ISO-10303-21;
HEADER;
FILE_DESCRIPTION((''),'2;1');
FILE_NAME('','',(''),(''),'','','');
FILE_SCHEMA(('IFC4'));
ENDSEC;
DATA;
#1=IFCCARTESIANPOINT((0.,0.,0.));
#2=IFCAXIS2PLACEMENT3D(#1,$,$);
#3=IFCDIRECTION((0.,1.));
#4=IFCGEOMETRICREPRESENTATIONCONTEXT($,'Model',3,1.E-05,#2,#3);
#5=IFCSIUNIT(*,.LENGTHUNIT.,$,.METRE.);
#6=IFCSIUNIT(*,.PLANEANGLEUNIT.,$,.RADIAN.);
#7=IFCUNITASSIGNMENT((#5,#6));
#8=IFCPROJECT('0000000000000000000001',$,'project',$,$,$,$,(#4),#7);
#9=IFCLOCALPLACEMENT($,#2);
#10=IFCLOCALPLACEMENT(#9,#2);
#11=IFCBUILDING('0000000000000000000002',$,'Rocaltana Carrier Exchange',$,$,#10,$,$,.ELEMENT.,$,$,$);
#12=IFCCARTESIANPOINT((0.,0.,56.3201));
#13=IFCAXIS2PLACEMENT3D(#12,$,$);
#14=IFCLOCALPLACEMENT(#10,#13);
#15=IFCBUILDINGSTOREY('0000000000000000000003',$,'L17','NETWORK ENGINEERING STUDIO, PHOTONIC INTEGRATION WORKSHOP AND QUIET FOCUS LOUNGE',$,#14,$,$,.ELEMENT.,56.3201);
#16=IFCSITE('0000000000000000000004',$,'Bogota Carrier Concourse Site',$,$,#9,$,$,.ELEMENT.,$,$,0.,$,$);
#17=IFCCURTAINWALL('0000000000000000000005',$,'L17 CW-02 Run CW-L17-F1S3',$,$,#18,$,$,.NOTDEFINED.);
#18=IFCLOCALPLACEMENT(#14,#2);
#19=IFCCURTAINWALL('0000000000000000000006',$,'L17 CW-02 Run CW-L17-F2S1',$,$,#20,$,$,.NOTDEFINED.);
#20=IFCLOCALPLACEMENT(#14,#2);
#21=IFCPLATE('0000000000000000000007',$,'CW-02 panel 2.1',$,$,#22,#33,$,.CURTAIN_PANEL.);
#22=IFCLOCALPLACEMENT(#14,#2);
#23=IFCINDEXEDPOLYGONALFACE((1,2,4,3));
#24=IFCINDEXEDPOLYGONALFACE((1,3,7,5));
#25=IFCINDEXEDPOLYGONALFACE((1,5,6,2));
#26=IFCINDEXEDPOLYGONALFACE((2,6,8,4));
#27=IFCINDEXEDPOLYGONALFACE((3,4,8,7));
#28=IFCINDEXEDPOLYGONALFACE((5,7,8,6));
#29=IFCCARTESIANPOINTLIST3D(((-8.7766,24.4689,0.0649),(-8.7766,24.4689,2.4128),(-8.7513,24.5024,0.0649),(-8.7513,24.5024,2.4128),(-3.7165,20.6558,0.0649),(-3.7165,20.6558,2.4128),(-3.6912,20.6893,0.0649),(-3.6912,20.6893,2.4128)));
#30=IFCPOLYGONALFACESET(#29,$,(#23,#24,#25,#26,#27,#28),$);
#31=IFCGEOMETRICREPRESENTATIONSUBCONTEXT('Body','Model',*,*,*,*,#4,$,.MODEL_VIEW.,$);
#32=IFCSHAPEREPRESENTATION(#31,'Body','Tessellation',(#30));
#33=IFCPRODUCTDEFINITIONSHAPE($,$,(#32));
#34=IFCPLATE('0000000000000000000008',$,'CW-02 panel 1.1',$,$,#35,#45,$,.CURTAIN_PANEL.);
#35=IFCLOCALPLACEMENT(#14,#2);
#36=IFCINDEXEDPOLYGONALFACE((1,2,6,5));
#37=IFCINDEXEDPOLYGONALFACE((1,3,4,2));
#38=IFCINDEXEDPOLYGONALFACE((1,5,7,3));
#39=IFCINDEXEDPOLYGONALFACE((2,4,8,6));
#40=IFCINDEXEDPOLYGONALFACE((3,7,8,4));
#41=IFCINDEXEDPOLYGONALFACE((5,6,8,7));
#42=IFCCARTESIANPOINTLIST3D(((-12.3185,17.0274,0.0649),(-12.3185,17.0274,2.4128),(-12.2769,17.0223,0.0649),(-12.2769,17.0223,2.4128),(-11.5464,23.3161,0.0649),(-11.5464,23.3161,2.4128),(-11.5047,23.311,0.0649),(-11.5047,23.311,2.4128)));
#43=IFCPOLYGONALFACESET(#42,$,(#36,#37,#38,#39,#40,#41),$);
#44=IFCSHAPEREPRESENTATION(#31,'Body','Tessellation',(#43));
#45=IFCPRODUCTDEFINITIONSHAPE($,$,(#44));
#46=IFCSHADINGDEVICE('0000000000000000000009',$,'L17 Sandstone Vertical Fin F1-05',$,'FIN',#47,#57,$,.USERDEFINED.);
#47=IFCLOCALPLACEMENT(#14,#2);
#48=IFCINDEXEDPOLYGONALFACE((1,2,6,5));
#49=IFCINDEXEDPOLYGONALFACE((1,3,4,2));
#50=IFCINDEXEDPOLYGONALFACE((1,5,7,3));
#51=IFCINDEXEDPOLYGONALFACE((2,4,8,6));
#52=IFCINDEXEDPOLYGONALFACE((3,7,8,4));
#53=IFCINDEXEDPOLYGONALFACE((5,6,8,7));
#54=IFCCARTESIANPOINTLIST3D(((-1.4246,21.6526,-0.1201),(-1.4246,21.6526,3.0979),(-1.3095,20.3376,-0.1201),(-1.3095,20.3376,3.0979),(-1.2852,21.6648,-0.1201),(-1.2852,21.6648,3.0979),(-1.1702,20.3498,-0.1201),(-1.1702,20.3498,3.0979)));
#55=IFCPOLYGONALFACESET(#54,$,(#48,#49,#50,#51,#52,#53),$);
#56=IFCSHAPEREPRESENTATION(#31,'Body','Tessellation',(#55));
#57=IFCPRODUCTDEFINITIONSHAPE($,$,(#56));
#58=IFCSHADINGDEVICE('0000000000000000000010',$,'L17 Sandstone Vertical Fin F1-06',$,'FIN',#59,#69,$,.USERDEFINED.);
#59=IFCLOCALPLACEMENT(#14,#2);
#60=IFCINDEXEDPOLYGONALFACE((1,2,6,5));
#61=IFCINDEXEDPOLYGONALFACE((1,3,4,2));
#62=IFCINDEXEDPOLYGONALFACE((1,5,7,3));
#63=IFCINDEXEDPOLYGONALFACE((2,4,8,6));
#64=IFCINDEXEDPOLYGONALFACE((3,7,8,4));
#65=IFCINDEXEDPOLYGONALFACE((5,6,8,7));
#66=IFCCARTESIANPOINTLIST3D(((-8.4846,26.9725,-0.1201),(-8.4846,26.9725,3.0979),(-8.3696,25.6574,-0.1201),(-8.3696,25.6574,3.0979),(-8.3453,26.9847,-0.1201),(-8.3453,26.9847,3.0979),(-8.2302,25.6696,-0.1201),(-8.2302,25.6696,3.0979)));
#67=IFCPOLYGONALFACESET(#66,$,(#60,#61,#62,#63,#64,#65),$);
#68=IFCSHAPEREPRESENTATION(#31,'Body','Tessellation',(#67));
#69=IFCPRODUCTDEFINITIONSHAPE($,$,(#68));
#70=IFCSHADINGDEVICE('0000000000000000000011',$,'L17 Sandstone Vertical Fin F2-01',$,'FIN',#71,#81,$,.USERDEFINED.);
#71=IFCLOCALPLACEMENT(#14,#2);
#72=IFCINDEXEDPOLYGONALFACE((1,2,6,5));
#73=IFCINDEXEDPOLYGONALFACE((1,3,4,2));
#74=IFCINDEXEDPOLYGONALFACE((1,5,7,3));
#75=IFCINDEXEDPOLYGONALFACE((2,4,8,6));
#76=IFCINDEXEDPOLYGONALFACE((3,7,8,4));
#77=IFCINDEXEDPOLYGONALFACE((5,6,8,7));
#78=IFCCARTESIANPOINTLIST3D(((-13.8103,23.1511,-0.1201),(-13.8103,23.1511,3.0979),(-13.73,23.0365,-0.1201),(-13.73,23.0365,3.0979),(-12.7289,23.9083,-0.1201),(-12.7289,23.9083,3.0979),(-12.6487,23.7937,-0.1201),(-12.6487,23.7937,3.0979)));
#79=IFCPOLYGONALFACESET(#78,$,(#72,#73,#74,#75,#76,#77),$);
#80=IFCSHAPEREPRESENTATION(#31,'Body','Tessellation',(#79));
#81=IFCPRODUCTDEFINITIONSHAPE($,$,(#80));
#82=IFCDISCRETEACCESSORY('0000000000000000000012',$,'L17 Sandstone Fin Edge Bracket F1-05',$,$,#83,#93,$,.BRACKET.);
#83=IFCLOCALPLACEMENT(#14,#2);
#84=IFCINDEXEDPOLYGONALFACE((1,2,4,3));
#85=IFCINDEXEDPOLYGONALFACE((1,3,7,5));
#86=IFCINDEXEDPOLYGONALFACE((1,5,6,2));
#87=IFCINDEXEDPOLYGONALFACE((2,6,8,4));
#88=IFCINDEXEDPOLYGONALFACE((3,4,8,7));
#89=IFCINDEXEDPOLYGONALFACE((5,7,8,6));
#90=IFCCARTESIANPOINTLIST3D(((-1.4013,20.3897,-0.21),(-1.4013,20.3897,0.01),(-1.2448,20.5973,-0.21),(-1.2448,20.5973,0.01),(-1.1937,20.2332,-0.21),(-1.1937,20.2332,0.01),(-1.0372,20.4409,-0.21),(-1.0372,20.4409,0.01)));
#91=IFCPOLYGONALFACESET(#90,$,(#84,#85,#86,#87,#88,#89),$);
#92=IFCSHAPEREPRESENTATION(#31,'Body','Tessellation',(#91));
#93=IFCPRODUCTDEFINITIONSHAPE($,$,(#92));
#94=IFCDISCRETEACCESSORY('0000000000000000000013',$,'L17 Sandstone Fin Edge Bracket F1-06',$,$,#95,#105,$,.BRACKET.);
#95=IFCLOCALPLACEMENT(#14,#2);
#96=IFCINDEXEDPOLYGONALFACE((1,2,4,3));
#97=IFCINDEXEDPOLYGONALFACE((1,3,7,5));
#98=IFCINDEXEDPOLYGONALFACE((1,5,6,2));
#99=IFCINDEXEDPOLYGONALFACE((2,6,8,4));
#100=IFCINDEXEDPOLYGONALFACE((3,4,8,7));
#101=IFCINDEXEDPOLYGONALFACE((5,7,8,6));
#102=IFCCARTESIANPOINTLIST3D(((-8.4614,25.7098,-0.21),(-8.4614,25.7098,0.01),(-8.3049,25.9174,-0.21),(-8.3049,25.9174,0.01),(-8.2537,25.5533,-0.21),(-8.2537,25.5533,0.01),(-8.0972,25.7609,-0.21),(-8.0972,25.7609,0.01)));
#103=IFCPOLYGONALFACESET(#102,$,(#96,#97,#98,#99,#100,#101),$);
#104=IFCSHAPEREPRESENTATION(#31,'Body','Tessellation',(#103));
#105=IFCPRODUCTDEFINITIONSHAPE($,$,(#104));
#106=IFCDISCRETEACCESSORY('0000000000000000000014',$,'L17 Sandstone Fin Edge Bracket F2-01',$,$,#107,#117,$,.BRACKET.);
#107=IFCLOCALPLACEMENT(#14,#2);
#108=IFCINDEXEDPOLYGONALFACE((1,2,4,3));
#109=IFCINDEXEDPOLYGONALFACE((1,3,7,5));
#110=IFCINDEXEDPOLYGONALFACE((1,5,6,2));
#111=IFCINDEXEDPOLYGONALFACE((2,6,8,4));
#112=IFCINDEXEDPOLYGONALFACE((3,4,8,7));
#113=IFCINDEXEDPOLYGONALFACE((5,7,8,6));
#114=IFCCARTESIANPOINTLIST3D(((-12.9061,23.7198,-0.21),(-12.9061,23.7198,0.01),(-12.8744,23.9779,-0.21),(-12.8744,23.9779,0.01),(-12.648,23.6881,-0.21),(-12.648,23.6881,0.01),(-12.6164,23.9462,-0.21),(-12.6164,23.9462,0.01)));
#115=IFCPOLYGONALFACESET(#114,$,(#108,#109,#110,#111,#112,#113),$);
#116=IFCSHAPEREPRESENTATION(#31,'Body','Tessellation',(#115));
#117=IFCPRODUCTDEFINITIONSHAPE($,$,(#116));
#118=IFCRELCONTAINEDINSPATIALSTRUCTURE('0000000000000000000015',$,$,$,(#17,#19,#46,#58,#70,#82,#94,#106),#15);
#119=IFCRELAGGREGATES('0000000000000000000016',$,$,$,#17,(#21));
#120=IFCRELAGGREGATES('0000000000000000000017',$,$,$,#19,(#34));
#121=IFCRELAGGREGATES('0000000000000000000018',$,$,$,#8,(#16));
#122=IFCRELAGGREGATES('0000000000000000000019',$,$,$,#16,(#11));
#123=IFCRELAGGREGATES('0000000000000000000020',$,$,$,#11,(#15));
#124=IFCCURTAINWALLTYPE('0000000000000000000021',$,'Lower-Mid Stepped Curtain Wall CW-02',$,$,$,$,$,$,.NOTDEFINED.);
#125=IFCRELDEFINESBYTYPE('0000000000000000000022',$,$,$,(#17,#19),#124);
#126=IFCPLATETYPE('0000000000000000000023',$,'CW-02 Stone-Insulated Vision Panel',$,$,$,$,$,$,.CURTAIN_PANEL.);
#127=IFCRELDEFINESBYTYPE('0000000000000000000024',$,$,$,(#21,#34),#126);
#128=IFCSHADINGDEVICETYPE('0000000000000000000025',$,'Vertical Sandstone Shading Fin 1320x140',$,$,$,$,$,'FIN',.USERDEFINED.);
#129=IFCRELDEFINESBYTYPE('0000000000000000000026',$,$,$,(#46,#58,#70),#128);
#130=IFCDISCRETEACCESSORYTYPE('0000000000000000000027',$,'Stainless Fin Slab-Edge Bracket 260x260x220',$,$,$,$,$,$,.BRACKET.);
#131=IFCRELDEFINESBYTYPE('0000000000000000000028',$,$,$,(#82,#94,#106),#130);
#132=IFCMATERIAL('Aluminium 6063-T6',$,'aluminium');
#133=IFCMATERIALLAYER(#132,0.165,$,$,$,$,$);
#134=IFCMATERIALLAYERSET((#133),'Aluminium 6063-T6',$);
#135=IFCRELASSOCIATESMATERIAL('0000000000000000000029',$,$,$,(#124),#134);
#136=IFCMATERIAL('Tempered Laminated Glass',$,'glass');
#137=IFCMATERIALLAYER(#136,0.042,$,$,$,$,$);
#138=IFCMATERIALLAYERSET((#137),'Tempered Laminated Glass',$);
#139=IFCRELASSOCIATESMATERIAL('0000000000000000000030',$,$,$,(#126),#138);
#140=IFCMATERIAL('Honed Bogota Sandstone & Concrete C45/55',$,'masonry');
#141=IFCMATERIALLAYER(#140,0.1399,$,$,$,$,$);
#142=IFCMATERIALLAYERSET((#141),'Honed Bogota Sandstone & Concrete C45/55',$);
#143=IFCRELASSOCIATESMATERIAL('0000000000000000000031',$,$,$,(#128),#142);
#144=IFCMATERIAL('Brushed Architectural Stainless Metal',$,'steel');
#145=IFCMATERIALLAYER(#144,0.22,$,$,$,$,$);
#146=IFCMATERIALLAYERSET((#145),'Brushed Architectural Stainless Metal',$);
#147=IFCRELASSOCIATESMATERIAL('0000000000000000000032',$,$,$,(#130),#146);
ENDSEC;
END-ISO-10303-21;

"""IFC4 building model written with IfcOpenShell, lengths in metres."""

from ifc_helpers import new_model, si_unit, direction, frame, origin, origin_2d, place, context, subcontext, project, spatial, rectangle, extrude, material, layer, layer_set, type_object, element, aggregate, save


model = new_model("IFC4")

# Units and contexts
model_context = context("Model", 3, precision=1e-05, world=origin(), true_north=direction((0.0, 1.0)))
body_context = subcontext(model_context, "Body", "Model", "MODEL_VIEW")
ifc_project = project(units=[si_unit("LENGTHUNIT", "METRE"), si_unit("PLANEANGLEUNIT", "RADIAN")], contexts=[model_context])

# Site, building, storey
site_placement = place(None, origin())
site = spatial("IfcSite", under=ifc_project, at=site_placement, Name="Bogota Carrier Concourse Site", CompositionType="ELEMENT", RefElevation=0.0)
building_placement = place(site_placement, origin())
building = spatial("IfcBuilding", under=site, at=building_placement, Name="Rocaltana Carrier Exchange", CompositionType="ELEMENT")
storey_placement = place(building_placement, frame((0.0, 0.0, 56.3201)))
storey = spatial("IfcBuildingStorey", under=building, at=storey_placement, Name="L17", Description="NETWORK ENGINEERING STUDIO, PHOTONIC INTEGRATION WORKSHOP AND QUIET FOCUS LOUNGE", CompositionType="ELEMENT", Elevation=56.3201)

# Curtain wall
ifc_material_1 = material(Name="Aluminium 6063-T6", Category="aluminium")
ifc_layer_1 = layer(ifc_material_1, 0.165)
ifc_layer_set_1 = layer_set([ifc_layer_1], Name="Aluminium 6063-T6")
curtain_wall_type = type_object("IfcCurtainWallType", Name="Lower-Mid Stepped Curtain Wall CW-02", PredefinedType="NOTDEFINED", material=ifc_layer_set_1)
curtain_wall_1_placement = place(storey_placement, origin())
curtain_wall_1 = element("IfcCurtainWall", 1, at=curtain_wall_1_placement, inside=storey, type_object=curtain_wall_type, Name="L17 CW-02 Run CW-L17-F1S3", PredefinedType="NOTDEFINED")

# Curtain wall
curtain_wall_2_placement = place(storey_placement, origin())
curtain_wall_2 = element("IfcCurtainWall", 2, at=curtain_wall_2_placement, inside=storey, type_object=curtain_wall_type, Name="L17 CW-02 Run CW-L17-F2S1", PredefinedType="NOTDEFINED")

# Plates
ifc_material_2 = material(Name="Tempered Laminated Glass", Category="glass")
ifc_layer_2 = layer(ifc_material_2, 0.042)
ifc_layer_set_2 = layer_set([ifc_layer_2], Name="Tempered Laminated Glass")
plate_type = type_object("IfcPlateType", Name="CW-02 Stone-Insulated Vision Panel", PredefinedType="CURTAIN_PANEL", material=ifc_layer_set_2)
plate_1_placement = place(storey_placement, frame((-6.2339, 22.5791, 0.0649), z_axis=(0.0, 0.0, 1.0), x_axis=(-0.798638, 0.601812, 0.0)))
plate_1 = element("IfcPlate", 3, at=plate_1_placement, type_object=plate_type, Name="CW-02 panel 2.1", PredefinedType="CURTAIN_PANEL", context=body_context, shape_type="SweptSolid", body=[
    extrude(rectangle(XDim=6.3359, YDim=0.042, at=origin_2d()), origin(), (0.0, 0.0, 1.0), 2.3479),
])
aggregate(curtain_wall_1, [plate_1])
plate_2_placement = place(storey_placement, frame((-11.9116, 20.1692, 0.0649), z_axis=(0.0, 0.0, 1.0), x_axis=(-0.121873, -0.992546, 0.0)))
plate_2 = element("IfcPlate", 4, at=plate_2_placement, type_object=plate_type, Name="CW-02 panel 1.1", PredefinedType="CURTAIN_PANEL", context=body_context, shape_type="SweptSolid", body=[
    extrude(rectangle(XDim=6.3359, YDim=0.042, at=origin_2d()), origin(), (0.0, 0.0, 1.0), 2.3479),
])
aggregate(curtain_wall_2, [plate_2])

# Shading devices
ifc_material_3 = material(Name="Honed Bogota Sandstone & Concrete C45/55", Category="masonry")
ifc_layer_3 = layer(ifc_material_3, 0.1399)
ifc_layer_set_3 = layer_set([ifc_layer_3], Name="Honed Bogota Sandstone & Concrete C45/55")
shading_device_type = type_object("IfcShadingDeviceType", Name="Vertical Sandstone Shading Fin 1320x140", ElementType="FIN", PredefinedType="USERDEFINED", material=ifc_layer_set_3)
for number, where, z_axis, x_axis, name in (
    (5, (-1.2974, 21.0012, -0.1201), (0.0, 0.0, 1.0), (-0.087156, 0.996195, 0.0), "L17 Sandstone Vertical Fin F1-05"),
    (6, (-8.3574, 26.321, -0.1201), (0.0, 0.0, 1.0), (-0.087156, 0.996195, 0.0), "L17 Sandstone Vertical Fin F1-06"),
    (7, (-13.2295, 23.4724, -0.1201), (0.0, 0.0, 1.0), (-0.819152, -0.573576, 0.0), "L17 Sandstone Vertical Fin F2-01"),
):
    element("IfcShadingDevice", number, at=place(storey_placement, frame(where, z_axis=z_axis, x_axis=x_axis)), inside=storey, type_object=shading_device_type, Name=name, ObjectType="FIN", PredefinedType="USERDEFINED", context=body_context, shape_type="SweptSolid", body=[
        extrude(rectangle(XDim=1.3201, YDim=0.1399, at=origin_2d()), origin(), (0.0, 0.0, 1.0), 3.218),
    ])

# Discrete accessories
ifc_material_4 = material(Name="Brushed Architectural Stainless Metal", Category="steel")
ifc_layer_4 = layer(ifc_material_4, 0.22)
ifc_layer_set_4 = layer_set([ifc_layer_4], Name="Brushed Architectural Stainless Metal")
discrete_accessory_type = type_object("IfcDiscreteAccessoryType", Name="Stainless Fin Slab-Edge Bracket 260x260x220", PredefinedType="BRACKET", material=ifc_layer_set_4)
for number, where, z_axis, x_axis, name in (
    (8, (-1.2192, 20.4153, -0.21), (0.0, 0.0, 1.0), (-0.798636, 0.601815, 0.0), "L17 Sandstone Fin Edge Bracket F1-05"),
    (9, (-8.2793, 25.7354, -0.21), (0.0, 0.0, 1.0), (-0.798636, 0.601815, 0.0), "L17 Sandstone Fin Edge Bracket F1-06"),
    (10, (-12.7612, 23.833, -0.21), (0.0, 0.0, 1.0), (-0.121869, -0.992546, 0.0), "L17 Sandstone Fin Edge Bracket F2-01"),
):
    element("IfcDiscreteAccessory", number, at=place(storey_placement, frame(where, z_axis=z_axis, x_axis=x_axis)), inside=storey, type_object=discrete_accessory_type, Name=name, PredefinedType="BRACKET", context=body_context, shape_type="SweptSolid", body=[
        extrude(rectangle(XDim=0.26, YDim=0.26, at=origin_2d()), origin(), (0.0, 0.0, 1.0), 0.22),
    ])

save(model, "model.ifc")
